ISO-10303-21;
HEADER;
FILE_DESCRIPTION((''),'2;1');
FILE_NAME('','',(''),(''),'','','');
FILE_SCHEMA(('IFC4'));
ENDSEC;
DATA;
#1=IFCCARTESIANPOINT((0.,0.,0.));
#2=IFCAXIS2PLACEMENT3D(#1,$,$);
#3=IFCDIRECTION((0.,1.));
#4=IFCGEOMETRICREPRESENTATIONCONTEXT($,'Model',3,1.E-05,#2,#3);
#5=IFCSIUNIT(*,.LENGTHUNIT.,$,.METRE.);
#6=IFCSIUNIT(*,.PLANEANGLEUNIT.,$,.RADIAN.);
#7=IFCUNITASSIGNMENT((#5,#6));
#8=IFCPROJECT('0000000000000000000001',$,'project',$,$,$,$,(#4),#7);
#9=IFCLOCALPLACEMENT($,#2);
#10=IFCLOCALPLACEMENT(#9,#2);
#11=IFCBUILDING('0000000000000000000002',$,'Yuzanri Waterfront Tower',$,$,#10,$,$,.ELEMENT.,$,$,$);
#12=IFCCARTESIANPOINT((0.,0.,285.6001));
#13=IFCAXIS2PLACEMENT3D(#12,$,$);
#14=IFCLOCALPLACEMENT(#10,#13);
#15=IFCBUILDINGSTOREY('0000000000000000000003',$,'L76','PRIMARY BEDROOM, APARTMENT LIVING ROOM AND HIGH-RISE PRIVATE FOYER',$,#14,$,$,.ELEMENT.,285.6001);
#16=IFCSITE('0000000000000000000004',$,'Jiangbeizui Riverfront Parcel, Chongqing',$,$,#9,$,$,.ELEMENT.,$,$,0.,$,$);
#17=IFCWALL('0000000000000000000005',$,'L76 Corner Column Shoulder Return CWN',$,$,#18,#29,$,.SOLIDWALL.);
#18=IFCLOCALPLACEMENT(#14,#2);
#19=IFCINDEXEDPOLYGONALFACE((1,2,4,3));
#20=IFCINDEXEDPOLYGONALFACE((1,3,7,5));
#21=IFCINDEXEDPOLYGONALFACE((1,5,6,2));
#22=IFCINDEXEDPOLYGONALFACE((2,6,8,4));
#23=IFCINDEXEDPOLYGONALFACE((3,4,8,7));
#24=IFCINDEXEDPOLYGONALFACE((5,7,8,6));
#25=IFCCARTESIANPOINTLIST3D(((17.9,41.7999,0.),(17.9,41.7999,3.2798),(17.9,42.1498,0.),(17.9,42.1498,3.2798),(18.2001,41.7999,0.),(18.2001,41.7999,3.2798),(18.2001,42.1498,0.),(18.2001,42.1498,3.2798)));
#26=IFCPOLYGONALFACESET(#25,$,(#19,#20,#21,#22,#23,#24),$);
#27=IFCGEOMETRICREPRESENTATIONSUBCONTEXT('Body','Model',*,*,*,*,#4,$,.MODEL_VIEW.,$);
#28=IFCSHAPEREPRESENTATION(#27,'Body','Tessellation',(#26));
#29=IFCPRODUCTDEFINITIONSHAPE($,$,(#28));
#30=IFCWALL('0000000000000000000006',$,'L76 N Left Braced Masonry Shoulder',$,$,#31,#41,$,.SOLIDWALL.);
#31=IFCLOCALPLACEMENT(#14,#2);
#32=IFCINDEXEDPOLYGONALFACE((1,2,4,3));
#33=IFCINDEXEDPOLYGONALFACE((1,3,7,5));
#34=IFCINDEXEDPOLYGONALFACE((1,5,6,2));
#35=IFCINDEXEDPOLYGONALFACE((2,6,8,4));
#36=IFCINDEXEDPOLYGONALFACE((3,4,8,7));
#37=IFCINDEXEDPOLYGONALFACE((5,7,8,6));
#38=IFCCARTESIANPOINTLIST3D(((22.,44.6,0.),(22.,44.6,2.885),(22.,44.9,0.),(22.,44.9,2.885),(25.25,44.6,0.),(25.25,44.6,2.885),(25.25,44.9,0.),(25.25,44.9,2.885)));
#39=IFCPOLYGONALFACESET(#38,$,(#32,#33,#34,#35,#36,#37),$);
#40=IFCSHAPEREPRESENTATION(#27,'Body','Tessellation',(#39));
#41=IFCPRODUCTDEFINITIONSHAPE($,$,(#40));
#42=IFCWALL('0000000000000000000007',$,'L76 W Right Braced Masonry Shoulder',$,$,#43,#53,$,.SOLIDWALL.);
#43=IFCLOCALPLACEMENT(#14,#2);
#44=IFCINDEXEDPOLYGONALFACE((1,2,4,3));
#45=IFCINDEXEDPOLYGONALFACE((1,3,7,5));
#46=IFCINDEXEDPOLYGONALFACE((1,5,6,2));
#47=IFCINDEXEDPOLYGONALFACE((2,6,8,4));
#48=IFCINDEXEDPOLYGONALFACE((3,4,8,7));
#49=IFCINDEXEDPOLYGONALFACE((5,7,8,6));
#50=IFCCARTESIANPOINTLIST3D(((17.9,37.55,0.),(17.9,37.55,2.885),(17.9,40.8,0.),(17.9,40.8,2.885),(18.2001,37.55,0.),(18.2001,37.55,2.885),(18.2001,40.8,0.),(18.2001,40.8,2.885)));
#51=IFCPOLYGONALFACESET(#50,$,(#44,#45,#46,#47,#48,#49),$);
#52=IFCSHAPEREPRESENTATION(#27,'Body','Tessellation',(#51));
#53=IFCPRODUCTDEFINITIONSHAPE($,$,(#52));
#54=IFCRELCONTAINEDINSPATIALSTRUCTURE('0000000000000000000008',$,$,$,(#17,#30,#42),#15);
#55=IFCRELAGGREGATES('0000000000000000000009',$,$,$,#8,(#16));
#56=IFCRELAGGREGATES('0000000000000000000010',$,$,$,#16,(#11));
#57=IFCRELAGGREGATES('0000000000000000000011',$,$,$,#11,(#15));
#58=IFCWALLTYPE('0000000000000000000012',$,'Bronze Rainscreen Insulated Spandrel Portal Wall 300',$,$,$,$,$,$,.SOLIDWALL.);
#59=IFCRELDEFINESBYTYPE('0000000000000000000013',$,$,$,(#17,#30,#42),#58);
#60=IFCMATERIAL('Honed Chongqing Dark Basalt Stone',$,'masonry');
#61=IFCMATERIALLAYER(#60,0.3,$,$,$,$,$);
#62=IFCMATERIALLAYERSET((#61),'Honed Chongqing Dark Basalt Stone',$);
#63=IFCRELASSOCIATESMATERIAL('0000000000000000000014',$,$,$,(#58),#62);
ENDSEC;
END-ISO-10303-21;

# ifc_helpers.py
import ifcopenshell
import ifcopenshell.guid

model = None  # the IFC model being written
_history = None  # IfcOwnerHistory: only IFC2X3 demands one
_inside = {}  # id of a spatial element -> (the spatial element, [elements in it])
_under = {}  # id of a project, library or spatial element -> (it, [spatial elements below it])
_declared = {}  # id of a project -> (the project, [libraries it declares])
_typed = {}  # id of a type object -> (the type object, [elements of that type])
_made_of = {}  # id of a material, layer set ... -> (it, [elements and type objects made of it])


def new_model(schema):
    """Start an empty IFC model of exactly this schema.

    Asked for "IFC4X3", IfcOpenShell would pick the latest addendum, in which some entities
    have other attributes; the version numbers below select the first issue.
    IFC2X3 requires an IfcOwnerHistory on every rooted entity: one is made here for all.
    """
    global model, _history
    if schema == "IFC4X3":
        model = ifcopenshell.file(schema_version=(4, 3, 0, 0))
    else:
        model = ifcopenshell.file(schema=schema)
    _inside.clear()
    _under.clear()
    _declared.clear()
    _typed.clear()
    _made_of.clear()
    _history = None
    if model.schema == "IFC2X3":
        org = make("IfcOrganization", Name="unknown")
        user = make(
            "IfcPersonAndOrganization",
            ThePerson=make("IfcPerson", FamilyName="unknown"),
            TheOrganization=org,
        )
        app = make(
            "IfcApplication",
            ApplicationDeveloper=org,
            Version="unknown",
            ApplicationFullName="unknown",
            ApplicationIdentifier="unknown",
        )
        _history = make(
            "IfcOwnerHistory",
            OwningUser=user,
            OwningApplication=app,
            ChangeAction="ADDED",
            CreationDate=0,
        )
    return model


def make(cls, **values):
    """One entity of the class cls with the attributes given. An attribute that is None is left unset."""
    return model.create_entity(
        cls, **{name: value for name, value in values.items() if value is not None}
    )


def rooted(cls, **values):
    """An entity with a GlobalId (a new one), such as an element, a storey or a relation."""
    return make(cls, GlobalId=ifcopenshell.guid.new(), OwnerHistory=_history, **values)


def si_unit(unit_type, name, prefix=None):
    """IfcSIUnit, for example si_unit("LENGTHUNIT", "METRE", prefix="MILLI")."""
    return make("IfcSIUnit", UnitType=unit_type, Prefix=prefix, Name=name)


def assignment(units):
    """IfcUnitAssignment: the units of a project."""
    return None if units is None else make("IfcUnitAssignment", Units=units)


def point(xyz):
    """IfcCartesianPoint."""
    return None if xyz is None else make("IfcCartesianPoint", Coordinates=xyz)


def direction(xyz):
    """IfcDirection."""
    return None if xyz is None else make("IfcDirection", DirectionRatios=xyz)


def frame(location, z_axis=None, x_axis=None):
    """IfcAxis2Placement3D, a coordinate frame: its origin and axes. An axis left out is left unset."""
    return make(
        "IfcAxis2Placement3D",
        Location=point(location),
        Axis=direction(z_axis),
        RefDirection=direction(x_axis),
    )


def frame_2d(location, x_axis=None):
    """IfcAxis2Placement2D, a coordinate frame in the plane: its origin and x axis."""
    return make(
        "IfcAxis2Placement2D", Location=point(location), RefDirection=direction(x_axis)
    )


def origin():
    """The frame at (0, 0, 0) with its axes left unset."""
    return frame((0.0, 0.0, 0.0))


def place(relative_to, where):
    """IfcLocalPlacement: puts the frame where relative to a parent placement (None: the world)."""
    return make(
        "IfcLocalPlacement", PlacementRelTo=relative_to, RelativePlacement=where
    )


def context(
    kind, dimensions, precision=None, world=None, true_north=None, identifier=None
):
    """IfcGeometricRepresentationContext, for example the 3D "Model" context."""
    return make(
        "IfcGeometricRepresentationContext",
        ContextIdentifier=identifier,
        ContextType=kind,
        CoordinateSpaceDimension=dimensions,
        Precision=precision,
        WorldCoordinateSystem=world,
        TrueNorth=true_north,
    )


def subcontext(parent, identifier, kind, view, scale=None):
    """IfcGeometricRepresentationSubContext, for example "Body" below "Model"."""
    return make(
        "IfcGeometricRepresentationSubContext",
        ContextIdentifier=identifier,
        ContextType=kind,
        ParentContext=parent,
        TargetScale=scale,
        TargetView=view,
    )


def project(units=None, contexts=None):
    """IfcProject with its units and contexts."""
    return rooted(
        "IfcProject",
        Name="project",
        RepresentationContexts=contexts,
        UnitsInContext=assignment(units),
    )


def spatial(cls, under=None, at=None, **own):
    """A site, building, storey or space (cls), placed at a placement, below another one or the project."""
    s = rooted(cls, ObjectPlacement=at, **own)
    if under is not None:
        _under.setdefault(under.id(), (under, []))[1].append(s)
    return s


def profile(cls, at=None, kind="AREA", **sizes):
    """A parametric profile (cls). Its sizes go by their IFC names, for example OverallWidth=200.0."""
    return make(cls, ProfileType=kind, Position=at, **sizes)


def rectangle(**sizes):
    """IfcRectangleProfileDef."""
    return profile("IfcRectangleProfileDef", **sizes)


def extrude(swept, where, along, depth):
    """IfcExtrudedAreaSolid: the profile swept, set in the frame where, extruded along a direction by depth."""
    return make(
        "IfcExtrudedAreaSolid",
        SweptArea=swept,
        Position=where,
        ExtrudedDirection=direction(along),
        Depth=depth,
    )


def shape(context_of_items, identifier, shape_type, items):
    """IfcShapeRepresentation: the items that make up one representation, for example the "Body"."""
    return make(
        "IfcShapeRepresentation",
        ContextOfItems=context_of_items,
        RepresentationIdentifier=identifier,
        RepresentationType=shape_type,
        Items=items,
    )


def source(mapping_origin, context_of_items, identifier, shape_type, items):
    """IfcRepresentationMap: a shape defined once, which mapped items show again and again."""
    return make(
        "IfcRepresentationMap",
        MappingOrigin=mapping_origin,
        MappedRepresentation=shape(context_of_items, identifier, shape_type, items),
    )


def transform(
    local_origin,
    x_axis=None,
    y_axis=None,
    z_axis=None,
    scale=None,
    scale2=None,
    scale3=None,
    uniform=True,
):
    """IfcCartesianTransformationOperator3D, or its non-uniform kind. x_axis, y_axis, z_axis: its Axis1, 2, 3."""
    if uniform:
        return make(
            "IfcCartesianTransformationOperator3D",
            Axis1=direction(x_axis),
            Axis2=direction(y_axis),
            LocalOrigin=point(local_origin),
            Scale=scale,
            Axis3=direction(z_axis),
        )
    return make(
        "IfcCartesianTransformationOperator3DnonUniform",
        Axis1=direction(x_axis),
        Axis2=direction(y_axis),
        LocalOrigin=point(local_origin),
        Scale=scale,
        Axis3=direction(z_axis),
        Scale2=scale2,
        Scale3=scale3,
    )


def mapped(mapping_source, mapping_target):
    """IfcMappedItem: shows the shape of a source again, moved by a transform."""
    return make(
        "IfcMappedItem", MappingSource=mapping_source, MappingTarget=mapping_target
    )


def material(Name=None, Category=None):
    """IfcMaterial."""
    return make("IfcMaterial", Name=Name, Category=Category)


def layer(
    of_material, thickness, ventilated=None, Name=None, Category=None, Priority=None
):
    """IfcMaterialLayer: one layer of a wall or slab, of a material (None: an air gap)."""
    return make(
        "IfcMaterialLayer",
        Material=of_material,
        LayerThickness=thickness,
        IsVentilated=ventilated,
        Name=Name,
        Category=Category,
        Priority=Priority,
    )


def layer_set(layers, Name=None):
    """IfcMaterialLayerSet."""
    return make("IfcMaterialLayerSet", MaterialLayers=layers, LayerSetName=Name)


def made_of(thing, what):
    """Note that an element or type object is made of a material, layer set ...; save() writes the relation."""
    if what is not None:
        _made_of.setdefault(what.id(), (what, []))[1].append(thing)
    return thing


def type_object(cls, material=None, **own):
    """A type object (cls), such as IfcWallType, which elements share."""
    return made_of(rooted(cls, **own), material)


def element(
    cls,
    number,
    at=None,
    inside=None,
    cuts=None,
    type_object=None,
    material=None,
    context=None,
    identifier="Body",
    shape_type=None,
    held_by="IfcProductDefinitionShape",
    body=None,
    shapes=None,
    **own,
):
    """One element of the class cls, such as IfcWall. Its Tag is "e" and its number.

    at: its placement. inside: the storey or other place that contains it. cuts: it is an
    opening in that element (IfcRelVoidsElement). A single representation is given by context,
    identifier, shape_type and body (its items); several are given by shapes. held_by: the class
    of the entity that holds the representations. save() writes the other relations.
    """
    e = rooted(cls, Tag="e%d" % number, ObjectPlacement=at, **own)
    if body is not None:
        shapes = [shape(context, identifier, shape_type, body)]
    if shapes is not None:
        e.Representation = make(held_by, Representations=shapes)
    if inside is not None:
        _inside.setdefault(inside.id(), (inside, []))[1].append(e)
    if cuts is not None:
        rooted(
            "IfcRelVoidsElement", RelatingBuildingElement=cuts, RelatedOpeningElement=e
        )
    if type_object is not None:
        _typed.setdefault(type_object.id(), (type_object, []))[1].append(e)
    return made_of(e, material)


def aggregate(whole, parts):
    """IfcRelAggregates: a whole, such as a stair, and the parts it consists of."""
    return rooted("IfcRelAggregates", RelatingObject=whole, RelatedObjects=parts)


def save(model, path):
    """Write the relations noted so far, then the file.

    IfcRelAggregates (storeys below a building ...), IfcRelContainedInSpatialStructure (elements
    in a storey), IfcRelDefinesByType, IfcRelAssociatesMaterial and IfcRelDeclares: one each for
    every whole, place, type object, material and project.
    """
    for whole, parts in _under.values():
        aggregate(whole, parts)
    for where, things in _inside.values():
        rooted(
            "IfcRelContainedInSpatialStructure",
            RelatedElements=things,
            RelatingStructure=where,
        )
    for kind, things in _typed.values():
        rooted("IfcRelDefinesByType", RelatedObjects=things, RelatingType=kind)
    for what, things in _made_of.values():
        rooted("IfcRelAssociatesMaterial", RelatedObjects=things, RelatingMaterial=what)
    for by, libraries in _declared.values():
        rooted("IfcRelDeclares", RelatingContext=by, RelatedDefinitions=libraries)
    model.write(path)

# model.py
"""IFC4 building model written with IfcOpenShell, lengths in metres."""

from ifc_helpers import new_model, si_unit, direction, frame, frame_2d, origin, place, context, subcontext, project, spatial, rectangle, extrude, source, transform, mapped, material, layer, layer_set, type_object, element, save


model = new_model("IFC4")

# Units and contexts
model_context = context("Model", 3, precision=1e-05, world=origin(), true_north=direction((0.0, 1.0)))
body_context = subcontext(model_context, "Body", "Model", "MODEL_VIEW")
ifc_project = project(units=[si_unit("LENGTHUNIT", "METRE"), si_unit("PLANEANGLEUNIT", "RADIAN")], contexts=[model_context])

# Site, building, storey
site_placement = place(None, origin())
site = spatial("IfcSite", under=ifc_project, at=site_placement, Name="Jiangbeizui Riverfront Parcel, Chongqing", CompositionType="ELEMENT", RefElevation=0.0)
building_placement = place(site_placement, origin())
building = spatial("IfcBuilding", under=site, at=building_placement, Name="Yuzanri Waterfront Tower", CompositionType="ELEMENT")
storey_placement = place(building_placement, frame((0.0, 0.0, 285.6001)))
storey = spatial("IfcBuildingStorey", under=building, at=storey_placement, Name="L76", Description="PRIMARY BEDROOM, APARTMENT LIVING ROOM AND HIGH-RISE PRIVATE FOYER", CompositionType="ELEMENT", Elevation=285.6001)

# Shared definitions
ifc_material_1 = material(Name="Honed Chongqing Dark Basalt Stone", Category="masonry")
ifc_layer_1 = layer(ifc_material_1, 0.3)
ifc_layer_set_1 = layer_set([ifc_layer_1], Name="Honed Chongqing Dark Basalt Stone")
wall_type_1 = type_object("IfcWallType", Name="Bronze Rainscreen Insulated Spandrel Portal Wall 300", PredefinedType="SOLIDWALL", material=ifc_layer_set_1)

# Walls
shared_shape_1 = source(origin(), body_context, "Body", "SweptSolid", [
    extrude(rectangle(XDim=0.3499, YDim=0.3, at=frame_2d((0.1748, 0.0))), origin(), (0.0, 0.0, 1.0), 3.2798),
])
wall_1_placement = place(storey_placement, frame((18.05, 41.8, 0.0), z_axis=(0.0, 0.0, 1.0), x_axis=(0.0, 1.0, 0.0)))
element("IfcWall", 1, at=wall_1_placement, inside=storey, type_object=wall_type_1, Name="L76 Corner Column Shoulder Return CWN", PredefinedType="SOLIDWALL", context=body_context, shape_type="MappedRepresentation", body=[
    mapped(shared_shape_1, transform((0.0, 0.0, 0.0), scale=1.0)),
])
shared_shape_2 = source(origin(), body_context, "Body", "SweptSolid", [
    extrude(rectangle(XDim=3.25, YDim=0.3, at=frame_2d((1.625, 0.0))), origin(), (0.0, 0.0, 1.0), 2.885),
])
for number, where, z_axis, x_axis, name in (
    (2, (22.0, 44.75, 0.0), (0.0, 0.0, 1.0), (1.0, 0.0, 0.0), "L76 N Left Braced Masonry Shoulder"),
    (3, (18.05, 37.55, 0.0), (0.0, 0.0, 1.0), (0.0, 1.0, 0.0), "L76 W Right Braced Masonry Shoulder"),
):
    element("IfcWall", number, at=place(storey_placement, frame(where, z_axis=z_axis, x_axis=x_axis)), inside=storey, type_object=wall_type_1, Name=name, PredefinedType="SOLIDWALL", context=body_context, shape_type="MappedRepresentation", body=[
        mapped(shared_shape_2, transform((0.0, 0.0, 0.0), scale=1.0)),
    ])

save(model, "model.ifc")
